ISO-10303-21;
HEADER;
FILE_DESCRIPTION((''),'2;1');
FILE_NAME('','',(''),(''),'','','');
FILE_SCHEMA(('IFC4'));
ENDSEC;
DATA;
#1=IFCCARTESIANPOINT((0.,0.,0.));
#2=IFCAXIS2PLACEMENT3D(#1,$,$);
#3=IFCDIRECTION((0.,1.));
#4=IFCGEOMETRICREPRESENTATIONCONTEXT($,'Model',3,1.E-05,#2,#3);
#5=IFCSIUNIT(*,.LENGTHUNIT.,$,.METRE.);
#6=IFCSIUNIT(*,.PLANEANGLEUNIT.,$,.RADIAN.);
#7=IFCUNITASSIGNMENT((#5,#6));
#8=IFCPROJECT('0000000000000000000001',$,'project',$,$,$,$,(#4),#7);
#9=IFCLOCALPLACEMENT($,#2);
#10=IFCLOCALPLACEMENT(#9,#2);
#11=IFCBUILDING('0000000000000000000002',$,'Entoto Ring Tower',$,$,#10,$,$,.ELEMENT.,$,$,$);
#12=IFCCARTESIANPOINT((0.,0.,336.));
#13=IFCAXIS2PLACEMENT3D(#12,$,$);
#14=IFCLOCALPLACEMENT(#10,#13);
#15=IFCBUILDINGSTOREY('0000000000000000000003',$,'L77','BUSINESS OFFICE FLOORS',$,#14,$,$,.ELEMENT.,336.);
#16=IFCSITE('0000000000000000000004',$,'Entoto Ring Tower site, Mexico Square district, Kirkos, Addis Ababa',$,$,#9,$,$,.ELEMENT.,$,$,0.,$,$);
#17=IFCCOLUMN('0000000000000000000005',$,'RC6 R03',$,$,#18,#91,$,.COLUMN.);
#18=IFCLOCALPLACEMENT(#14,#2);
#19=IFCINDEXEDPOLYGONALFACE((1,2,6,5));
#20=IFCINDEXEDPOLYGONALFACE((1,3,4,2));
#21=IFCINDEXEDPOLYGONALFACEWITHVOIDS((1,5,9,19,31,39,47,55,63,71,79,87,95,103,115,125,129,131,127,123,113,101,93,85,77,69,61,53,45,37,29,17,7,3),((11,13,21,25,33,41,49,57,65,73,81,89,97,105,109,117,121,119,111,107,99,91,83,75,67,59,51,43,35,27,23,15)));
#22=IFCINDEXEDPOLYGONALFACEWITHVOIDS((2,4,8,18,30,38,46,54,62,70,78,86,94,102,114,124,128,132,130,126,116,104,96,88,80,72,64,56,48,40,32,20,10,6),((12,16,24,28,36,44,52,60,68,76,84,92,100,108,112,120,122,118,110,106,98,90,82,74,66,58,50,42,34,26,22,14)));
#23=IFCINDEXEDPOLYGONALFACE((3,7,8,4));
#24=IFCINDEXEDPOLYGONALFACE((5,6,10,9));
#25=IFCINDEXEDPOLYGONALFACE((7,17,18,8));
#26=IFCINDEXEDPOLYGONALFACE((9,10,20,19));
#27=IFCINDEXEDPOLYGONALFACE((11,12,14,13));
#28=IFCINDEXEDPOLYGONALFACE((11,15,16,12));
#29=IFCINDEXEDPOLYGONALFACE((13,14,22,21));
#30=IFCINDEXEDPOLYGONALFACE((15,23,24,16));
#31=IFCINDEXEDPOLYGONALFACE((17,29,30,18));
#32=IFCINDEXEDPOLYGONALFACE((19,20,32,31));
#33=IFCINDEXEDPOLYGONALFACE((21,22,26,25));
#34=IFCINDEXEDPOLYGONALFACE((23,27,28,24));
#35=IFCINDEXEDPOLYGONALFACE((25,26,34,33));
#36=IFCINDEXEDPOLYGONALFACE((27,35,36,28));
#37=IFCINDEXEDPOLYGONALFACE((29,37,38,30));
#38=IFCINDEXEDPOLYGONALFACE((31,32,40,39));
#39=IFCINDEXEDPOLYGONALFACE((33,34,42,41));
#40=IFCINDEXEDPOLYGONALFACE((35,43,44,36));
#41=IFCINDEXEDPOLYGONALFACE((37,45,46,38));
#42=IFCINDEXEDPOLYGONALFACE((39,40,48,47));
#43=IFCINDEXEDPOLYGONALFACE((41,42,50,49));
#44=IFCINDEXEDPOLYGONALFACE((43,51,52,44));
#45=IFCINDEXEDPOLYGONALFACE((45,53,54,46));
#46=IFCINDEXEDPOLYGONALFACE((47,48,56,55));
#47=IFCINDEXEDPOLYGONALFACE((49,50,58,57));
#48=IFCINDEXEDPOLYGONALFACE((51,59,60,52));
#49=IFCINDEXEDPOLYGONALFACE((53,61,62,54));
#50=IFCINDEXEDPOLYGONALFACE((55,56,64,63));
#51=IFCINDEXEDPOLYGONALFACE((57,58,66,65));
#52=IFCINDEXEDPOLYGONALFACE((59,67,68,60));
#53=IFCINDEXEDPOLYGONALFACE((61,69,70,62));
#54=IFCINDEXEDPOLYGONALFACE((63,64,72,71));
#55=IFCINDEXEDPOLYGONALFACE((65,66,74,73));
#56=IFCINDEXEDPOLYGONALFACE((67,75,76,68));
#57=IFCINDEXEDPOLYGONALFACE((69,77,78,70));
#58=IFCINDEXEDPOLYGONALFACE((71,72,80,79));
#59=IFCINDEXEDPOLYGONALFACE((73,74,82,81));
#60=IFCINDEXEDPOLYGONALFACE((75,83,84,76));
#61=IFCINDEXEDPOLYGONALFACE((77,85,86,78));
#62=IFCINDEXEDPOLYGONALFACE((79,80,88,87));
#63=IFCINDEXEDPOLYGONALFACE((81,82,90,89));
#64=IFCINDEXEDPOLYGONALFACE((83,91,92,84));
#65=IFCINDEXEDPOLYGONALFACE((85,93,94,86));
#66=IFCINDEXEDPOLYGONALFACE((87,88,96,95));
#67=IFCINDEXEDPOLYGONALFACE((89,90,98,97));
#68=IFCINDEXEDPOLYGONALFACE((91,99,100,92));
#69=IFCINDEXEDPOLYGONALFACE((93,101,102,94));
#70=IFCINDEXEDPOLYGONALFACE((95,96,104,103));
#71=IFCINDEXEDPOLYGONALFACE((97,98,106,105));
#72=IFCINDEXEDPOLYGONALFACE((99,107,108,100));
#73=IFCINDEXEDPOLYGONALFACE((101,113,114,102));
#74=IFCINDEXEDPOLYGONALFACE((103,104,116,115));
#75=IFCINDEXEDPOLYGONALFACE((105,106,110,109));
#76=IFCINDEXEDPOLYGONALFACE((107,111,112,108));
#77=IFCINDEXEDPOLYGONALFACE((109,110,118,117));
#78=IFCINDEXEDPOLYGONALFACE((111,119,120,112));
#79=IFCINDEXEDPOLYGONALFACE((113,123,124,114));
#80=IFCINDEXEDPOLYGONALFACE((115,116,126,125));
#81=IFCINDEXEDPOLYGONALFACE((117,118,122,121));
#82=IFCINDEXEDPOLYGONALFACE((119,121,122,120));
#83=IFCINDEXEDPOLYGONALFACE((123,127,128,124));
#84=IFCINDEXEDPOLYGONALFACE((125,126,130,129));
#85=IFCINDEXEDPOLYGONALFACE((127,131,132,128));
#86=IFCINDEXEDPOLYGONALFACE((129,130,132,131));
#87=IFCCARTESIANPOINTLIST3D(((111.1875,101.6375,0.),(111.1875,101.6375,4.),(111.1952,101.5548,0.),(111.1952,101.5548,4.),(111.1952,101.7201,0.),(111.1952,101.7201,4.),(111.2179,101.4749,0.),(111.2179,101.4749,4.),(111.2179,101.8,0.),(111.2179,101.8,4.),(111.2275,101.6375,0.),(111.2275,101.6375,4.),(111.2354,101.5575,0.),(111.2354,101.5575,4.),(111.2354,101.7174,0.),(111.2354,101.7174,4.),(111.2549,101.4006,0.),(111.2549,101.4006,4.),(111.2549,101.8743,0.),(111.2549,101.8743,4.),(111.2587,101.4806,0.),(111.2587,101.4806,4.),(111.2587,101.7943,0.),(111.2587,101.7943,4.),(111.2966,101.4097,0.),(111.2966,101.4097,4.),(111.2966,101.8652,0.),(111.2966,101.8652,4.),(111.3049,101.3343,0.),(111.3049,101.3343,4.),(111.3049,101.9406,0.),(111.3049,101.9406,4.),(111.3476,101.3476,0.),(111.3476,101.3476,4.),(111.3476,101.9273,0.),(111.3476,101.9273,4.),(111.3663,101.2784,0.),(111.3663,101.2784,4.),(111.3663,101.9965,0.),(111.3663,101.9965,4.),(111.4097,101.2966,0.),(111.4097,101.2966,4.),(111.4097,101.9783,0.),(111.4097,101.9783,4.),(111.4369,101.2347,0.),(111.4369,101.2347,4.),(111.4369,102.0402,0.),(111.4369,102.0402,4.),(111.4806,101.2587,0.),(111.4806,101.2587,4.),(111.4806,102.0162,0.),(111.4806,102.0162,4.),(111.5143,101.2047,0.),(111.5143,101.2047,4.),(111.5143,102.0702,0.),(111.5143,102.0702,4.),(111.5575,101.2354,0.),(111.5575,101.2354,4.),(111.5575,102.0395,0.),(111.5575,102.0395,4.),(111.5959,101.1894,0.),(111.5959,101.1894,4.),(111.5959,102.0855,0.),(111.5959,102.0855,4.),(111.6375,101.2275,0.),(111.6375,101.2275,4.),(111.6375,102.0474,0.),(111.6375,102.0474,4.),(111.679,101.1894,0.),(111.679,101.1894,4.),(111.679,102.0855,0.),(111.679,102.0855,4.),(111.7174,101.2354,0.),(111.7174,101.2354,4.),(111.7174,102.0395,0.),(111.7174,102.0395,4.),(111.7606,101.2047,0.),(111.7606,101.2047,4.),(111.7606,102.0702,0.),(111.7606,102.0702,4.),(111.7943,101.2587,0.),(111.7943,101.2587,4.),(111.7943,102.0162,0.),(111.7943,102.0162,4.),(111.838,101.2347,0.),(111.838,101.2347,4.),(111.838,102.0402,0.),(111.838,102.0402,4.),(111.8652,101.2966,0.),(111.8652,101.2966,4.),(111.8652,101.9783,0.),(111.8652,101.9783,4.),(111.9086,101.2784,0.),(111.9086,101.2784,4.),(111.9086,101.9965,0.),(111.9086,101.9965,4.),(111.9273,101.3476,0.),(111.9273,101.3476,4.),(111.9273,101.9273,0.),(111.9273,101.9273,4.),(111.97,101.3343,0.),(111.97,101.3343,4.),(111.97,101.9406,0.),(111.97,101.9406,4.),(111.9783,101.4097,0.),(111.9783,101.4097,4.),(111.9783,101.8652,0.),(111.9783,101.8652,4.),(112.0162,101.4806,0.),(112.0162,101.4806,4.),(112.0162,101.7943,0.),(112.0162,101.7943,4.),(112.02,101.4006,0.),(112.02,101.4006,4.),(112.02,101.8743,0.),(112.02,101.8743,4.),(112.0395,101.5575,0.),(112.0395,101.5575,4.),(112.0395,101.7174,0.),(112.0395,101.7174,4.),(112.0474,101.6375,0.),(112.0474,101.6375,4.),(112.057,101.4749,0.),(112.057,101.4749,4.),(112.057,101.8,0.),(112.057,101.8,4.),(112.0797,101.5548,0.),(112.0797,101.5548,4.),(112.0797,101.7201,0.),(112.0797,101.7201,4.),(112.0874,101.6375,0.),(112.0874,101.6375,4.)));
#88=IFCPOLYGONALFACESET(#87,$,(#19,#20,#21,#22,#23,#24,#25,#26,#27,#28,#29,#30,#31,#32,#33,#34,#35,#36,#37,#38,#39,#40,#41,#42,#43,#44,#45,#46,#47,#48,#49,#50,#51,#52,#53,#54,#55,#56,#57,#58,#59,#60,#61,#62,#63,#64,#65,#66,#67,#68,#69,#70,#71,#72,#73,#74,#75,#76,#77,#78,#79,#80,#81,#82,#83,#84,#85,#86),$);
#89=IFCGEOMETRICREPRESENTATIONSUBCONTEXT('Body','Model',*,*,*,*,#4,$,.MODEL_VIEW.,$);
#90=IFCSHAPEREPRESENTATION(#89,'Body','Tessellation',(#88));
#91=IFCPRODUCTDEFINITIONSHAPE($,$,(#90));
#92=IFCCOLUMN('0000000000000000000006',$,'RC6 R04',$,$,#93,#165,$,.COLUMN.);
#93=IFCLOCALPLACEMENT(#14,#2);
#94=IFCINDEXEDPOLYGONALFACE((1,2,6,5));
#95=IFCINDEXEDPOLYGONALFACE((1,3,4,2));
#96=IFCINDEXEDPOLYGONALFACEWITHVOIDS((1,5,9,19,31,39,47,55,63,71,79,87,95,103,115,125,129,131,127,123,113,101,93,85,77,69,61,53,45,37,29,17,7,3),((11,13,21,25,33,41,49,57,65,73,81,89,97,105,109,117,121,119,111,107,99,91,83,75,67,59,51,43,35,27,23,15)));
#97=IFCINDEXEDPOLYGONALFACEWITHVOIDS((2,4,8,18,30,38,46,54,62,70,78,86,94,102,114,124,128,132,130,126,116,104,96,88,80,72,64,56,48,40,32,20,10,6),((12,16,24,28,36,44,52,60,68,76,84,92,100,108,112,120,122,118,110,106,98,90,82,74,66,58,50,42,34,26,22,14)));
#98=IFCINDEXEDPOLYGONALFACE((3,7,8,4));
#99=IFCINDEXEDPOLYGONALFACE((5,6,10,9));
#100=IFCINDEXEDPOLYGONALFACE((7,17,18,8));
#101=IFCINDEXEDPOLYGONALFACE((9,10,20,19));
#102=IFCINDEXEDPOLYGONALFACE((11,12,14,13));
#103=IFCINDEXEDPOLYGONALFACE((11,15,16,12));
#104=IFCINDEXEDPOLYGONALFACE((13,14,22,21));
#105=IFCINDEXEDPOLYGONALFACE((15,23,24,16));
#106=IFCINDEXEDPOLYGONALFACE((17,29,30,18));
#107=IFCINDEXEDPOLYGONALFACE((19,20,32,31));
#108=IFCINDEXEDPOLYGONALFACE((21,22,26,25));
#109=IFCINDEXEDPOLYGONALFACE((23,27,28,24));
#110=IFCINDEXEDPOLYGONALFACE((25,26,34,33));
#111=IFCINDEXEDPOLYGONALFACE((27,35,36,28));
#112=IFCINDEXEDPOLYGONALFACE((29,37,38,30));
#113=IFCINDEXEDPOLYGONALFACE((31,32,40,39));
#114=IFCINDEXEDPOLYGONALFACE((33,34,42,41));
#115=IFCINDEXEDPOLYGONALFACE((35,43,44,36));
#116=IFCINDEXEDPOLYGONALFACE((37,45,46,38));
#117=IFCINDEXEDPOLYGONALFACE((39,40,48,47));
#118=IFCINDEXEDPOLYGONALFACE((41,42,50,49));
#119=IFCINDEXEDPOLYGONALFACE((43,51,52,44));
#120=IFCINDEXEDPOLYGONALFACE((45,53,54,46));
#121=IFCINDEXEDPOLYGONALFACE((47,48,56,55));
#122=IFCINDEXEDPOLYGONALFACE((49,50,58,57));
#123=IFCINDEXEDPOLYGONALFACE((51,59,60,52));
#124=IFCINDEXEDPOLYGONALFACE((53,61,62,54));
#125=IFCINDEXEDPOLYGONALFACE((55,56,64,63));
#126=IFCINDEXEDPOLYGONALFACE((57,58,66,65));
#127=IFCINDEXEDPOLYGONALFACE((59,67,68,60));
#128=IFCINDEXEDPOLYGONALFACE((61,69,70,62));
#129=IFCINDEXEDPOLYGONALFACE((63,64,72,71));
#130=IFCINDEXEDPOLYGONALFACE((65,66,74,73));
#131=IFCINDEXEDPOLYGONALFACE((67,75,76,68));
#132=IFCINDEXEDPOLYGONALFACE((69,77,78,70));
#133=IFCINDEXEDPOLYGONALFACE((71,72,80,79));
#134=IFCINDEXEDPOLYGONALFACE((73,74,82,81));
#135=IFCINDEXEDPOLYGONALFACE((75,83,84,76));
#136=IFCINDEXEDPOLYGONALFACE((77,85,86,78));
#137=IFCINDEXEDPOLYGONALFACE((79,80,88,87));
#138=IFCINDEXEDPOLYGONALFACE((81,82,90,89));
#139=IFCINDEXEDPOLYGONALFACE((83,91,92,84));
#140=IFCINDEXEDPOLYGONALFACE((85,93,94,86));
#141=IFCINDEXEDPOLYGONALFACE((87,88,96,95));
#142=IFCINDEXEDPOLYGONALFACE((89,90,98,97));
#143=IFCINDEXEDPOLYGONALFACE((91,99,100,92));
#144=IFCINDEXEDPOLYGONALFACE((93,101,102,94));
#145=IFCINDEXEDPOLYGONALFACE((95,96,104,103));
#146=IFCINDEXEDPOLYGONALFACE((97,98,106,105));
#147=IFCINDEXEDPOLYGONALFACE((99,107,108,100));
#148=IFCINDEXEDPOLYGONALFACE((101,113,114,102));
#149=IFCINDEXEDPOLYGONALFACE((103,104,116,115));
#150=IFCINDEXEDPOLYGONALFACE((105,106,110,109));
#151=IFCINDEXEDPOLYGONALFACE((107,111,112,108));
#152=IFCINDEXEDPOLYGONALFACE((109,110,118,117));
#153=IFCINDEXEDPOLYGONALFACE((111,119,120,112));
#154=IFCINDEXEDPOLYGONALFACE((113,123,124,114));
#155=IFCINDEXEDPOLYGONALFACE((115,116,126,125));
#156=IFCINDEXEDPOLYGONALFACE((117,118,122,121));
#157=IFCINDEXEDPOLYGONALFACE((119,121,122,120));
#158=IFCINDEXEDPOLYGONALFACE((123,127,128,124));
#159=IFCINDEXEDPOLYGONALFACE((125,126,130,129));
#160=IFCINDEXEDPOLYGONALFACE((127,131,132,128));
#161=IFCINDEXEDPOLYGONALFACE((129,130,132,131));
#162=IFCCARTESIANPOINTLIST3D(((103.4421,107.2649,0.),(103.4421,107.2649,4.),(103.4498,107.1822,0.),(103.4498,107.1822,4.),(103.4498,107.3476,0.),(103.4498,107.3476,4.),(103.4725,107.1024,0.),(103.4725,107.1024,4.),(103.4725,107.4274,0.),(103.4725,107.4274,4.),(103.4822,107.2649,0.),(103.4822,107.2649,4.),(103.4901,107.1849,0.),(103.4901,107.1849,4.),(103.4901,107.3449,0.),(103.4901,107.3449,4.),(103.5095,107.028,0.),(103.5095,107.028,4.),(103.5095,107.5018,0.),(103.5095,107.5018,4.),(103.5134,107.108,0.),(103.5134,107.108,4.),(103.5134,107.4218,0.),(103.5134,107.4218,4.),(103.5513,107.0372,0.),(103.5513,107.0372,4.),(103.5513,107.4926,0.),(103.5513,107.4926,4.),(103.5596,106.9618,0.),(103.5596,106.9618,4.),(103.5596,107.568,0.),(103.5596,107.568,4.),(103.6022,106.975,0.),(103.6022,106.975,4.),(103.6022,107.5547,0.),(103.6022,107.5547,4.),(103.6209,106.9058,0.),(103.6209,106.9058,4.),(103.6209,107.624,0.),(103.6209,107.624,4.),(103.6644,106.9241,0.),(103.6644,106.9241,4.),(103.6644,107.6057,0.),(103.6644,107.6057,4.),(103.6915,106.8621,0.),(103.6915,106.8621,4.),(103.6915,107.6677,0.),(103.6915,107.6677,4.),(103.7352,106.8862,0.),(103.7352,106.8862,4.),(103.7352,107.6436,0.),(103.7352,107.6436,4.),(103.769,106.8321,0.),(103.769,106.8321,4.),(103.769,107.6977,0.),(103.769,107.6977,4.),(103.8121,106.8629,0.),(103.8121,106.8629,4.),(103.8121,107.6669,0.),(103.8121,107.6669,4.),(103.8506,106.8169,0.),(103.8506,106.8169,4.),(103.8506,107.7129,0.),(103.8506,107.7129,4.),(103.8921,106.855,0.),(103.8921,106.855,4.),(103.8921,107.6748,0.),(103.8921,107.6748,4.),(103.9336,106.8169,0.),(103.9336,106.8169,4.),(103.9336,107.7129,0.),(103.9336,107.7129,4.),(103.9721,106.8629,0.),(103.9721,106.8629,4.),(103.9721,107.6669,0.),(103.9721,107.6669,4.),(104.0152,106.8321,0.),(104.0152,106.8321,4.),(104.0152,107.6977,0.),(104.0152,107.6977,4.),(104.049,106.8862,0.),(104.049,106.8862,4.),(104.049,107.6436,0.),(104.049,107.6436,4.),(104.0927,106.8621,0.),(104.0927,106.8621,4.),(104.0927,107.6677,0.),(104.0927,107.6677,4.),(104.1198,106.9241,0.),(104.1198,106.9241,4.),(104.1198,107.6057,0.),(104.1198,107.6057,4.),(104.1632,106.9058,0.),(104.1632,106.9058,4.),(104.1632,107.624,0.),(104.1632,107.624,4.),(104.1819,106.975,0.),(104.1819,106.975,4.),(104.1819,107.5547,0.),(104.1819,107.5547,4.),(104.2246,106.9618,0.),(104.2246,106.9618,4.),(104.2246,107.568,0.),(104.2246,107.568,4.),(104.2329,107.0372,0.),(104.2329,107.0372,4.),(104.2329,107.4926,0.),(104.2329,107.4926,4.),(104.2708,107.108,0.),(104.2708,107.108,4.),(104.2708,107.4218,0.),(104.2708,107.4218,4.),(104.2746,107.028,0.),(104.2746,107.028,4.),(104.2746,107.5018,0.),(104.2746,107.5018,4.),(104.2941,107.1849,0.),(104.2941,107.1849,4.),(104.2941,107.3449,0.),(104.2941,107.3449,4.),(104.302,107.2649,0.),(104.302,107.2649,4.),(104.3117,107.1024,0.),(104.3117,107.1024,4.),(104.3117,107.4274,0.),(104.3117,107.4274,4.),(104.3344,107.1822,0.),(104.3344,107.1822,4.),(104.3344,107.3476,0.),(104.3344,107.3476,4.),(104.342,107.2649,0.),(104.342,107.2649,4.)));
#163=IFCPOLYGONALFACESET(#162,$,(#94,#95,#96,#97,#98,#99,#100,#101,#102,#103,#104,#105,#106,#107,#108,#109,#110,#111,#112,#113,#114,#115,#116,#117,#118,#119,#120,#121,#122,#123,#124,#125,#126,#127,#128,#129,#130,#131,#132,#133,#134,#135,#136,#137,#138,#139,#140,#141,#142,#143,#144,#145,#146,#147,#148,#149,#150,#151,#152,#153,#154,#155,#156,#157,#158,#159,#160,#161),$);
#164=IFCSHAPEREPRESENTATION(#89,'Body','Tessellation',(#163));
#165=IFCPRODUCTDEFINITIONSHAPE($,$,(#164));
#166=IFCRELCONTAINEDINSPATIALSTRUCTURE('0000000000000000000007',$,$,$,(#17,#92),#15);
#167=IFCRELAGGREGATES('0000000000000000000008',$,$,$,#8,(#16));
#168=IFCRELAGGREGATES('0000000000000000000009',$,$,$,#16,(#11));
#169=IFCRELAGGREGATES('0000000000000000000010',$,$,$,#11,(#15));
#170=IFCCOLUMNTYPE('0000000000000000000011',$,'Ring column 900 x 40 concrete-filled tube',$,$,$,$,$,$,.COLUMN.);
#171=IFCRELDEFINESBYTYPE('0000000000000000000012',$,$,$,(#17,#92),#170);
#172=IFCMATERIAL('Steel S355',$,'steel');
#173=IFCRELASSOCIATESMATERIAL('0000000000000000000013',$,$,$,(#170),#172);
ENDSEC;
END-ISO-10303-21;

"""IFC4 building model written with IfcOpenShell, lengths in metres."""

from ifc_helpers import new_model, si_unit, direction, frame, origin, origin_2d, place, context, subcontext, project, spatial, circle, hollow_circle, extrude, material, material_profile, profile_set, type_object, element, save


model = new_model("IFC4")

# Units and contexts
model_context = context("Model", 3, precision=1e-05, world=origin(), true_north=direction((0.0, 1.0)))
body_context = subcontext(model_context, "Body", "Model", "MODEL_VIEW")
ifc_project = project(units=[si_unit("LENGTHUNIT", "METRE"), si_unit("PLANEANGLEUNIT", "RADIAN")], contexts=[model_context])

# Site, building, storey
site_placement = place(None, origin())
site = spatial("IfcSite", under=ifc_project, at=site_placement, Name="Entoto Ring Tower site, Mexico Square district, Kirkos, Addis Ababa", CompositionType="ELEMENT", RefElevation=0.0)
building_placement = place(site_placement, origin())
building = spatial("IfcBuilding", under=site, at=building_placement, Name="Entoto Ring Tower", CompositionType="ELEMENT")
storey_placement = place(building_placement, frame((0.0, 0.0, 336.0)))
storey = spatial("IfcBuildingStorey", under=building, at=storey_placement, Name="L77", Description="BUSINESS OFFICE FLOORS", CompositionType="ELEMENT", Elevation=336.0)

# Columns
ifc_material_1 = material(Name="Steel S355", Category="steel")
ifc_material_profile_1 = material_profile(ifc_material_1, hollow_circle(Radius=0.45, WallThickness=0.04, at=origin_2d()), Name="CHS 900 x 40")
ifc_material_2 = material(Name="Concrete C60/75", Category="concrete")
ifc_material_profile_2 = material_profile(ifc_material_2, circle(Radius=0.4099, at=origin_2d()), Name="Concrete C60/75 infill")
ifc_profile_set_1 = profile_set([ifc_material_profile_1, ifc_material_profile_2], Name="Steel S355")
column_type = type_object("IfcColumnType", Name="Ring column 900 x 40 concrete-filled tube", PredefinedType="COLUMN", material=ifc_profile_set_1)
for number, where, z_axis, x_axis, name in (
    (1, (111.6375, 101.6375, 0.0), (0.0, 0.0, 1.0), (1.0, 0.0, 0.0), "RC6 R03"),
    (2, (103.8921, 107.2649, 0.0), (0.0, 0.0, 1.0), (1.0, 0.0, 0.0), "RC6 R04"),
):
    element("IfcColumn", number, at=place(storey_placement, frame(where, z_axis=z_axis, x_axis=x_axis)), inside=storey, type_object=column_type, Name=name, PredefinedType="COLUMN", context=body_context, shape_type="SweptSolid", body=[
        extrude(hollow_circle(Radius=0.45, WallThickness=0.04, at=origin_2d()), origin(), (0.0, 0.0, 1.0), 4.0),
    ])

save(model, "model.ifc")
